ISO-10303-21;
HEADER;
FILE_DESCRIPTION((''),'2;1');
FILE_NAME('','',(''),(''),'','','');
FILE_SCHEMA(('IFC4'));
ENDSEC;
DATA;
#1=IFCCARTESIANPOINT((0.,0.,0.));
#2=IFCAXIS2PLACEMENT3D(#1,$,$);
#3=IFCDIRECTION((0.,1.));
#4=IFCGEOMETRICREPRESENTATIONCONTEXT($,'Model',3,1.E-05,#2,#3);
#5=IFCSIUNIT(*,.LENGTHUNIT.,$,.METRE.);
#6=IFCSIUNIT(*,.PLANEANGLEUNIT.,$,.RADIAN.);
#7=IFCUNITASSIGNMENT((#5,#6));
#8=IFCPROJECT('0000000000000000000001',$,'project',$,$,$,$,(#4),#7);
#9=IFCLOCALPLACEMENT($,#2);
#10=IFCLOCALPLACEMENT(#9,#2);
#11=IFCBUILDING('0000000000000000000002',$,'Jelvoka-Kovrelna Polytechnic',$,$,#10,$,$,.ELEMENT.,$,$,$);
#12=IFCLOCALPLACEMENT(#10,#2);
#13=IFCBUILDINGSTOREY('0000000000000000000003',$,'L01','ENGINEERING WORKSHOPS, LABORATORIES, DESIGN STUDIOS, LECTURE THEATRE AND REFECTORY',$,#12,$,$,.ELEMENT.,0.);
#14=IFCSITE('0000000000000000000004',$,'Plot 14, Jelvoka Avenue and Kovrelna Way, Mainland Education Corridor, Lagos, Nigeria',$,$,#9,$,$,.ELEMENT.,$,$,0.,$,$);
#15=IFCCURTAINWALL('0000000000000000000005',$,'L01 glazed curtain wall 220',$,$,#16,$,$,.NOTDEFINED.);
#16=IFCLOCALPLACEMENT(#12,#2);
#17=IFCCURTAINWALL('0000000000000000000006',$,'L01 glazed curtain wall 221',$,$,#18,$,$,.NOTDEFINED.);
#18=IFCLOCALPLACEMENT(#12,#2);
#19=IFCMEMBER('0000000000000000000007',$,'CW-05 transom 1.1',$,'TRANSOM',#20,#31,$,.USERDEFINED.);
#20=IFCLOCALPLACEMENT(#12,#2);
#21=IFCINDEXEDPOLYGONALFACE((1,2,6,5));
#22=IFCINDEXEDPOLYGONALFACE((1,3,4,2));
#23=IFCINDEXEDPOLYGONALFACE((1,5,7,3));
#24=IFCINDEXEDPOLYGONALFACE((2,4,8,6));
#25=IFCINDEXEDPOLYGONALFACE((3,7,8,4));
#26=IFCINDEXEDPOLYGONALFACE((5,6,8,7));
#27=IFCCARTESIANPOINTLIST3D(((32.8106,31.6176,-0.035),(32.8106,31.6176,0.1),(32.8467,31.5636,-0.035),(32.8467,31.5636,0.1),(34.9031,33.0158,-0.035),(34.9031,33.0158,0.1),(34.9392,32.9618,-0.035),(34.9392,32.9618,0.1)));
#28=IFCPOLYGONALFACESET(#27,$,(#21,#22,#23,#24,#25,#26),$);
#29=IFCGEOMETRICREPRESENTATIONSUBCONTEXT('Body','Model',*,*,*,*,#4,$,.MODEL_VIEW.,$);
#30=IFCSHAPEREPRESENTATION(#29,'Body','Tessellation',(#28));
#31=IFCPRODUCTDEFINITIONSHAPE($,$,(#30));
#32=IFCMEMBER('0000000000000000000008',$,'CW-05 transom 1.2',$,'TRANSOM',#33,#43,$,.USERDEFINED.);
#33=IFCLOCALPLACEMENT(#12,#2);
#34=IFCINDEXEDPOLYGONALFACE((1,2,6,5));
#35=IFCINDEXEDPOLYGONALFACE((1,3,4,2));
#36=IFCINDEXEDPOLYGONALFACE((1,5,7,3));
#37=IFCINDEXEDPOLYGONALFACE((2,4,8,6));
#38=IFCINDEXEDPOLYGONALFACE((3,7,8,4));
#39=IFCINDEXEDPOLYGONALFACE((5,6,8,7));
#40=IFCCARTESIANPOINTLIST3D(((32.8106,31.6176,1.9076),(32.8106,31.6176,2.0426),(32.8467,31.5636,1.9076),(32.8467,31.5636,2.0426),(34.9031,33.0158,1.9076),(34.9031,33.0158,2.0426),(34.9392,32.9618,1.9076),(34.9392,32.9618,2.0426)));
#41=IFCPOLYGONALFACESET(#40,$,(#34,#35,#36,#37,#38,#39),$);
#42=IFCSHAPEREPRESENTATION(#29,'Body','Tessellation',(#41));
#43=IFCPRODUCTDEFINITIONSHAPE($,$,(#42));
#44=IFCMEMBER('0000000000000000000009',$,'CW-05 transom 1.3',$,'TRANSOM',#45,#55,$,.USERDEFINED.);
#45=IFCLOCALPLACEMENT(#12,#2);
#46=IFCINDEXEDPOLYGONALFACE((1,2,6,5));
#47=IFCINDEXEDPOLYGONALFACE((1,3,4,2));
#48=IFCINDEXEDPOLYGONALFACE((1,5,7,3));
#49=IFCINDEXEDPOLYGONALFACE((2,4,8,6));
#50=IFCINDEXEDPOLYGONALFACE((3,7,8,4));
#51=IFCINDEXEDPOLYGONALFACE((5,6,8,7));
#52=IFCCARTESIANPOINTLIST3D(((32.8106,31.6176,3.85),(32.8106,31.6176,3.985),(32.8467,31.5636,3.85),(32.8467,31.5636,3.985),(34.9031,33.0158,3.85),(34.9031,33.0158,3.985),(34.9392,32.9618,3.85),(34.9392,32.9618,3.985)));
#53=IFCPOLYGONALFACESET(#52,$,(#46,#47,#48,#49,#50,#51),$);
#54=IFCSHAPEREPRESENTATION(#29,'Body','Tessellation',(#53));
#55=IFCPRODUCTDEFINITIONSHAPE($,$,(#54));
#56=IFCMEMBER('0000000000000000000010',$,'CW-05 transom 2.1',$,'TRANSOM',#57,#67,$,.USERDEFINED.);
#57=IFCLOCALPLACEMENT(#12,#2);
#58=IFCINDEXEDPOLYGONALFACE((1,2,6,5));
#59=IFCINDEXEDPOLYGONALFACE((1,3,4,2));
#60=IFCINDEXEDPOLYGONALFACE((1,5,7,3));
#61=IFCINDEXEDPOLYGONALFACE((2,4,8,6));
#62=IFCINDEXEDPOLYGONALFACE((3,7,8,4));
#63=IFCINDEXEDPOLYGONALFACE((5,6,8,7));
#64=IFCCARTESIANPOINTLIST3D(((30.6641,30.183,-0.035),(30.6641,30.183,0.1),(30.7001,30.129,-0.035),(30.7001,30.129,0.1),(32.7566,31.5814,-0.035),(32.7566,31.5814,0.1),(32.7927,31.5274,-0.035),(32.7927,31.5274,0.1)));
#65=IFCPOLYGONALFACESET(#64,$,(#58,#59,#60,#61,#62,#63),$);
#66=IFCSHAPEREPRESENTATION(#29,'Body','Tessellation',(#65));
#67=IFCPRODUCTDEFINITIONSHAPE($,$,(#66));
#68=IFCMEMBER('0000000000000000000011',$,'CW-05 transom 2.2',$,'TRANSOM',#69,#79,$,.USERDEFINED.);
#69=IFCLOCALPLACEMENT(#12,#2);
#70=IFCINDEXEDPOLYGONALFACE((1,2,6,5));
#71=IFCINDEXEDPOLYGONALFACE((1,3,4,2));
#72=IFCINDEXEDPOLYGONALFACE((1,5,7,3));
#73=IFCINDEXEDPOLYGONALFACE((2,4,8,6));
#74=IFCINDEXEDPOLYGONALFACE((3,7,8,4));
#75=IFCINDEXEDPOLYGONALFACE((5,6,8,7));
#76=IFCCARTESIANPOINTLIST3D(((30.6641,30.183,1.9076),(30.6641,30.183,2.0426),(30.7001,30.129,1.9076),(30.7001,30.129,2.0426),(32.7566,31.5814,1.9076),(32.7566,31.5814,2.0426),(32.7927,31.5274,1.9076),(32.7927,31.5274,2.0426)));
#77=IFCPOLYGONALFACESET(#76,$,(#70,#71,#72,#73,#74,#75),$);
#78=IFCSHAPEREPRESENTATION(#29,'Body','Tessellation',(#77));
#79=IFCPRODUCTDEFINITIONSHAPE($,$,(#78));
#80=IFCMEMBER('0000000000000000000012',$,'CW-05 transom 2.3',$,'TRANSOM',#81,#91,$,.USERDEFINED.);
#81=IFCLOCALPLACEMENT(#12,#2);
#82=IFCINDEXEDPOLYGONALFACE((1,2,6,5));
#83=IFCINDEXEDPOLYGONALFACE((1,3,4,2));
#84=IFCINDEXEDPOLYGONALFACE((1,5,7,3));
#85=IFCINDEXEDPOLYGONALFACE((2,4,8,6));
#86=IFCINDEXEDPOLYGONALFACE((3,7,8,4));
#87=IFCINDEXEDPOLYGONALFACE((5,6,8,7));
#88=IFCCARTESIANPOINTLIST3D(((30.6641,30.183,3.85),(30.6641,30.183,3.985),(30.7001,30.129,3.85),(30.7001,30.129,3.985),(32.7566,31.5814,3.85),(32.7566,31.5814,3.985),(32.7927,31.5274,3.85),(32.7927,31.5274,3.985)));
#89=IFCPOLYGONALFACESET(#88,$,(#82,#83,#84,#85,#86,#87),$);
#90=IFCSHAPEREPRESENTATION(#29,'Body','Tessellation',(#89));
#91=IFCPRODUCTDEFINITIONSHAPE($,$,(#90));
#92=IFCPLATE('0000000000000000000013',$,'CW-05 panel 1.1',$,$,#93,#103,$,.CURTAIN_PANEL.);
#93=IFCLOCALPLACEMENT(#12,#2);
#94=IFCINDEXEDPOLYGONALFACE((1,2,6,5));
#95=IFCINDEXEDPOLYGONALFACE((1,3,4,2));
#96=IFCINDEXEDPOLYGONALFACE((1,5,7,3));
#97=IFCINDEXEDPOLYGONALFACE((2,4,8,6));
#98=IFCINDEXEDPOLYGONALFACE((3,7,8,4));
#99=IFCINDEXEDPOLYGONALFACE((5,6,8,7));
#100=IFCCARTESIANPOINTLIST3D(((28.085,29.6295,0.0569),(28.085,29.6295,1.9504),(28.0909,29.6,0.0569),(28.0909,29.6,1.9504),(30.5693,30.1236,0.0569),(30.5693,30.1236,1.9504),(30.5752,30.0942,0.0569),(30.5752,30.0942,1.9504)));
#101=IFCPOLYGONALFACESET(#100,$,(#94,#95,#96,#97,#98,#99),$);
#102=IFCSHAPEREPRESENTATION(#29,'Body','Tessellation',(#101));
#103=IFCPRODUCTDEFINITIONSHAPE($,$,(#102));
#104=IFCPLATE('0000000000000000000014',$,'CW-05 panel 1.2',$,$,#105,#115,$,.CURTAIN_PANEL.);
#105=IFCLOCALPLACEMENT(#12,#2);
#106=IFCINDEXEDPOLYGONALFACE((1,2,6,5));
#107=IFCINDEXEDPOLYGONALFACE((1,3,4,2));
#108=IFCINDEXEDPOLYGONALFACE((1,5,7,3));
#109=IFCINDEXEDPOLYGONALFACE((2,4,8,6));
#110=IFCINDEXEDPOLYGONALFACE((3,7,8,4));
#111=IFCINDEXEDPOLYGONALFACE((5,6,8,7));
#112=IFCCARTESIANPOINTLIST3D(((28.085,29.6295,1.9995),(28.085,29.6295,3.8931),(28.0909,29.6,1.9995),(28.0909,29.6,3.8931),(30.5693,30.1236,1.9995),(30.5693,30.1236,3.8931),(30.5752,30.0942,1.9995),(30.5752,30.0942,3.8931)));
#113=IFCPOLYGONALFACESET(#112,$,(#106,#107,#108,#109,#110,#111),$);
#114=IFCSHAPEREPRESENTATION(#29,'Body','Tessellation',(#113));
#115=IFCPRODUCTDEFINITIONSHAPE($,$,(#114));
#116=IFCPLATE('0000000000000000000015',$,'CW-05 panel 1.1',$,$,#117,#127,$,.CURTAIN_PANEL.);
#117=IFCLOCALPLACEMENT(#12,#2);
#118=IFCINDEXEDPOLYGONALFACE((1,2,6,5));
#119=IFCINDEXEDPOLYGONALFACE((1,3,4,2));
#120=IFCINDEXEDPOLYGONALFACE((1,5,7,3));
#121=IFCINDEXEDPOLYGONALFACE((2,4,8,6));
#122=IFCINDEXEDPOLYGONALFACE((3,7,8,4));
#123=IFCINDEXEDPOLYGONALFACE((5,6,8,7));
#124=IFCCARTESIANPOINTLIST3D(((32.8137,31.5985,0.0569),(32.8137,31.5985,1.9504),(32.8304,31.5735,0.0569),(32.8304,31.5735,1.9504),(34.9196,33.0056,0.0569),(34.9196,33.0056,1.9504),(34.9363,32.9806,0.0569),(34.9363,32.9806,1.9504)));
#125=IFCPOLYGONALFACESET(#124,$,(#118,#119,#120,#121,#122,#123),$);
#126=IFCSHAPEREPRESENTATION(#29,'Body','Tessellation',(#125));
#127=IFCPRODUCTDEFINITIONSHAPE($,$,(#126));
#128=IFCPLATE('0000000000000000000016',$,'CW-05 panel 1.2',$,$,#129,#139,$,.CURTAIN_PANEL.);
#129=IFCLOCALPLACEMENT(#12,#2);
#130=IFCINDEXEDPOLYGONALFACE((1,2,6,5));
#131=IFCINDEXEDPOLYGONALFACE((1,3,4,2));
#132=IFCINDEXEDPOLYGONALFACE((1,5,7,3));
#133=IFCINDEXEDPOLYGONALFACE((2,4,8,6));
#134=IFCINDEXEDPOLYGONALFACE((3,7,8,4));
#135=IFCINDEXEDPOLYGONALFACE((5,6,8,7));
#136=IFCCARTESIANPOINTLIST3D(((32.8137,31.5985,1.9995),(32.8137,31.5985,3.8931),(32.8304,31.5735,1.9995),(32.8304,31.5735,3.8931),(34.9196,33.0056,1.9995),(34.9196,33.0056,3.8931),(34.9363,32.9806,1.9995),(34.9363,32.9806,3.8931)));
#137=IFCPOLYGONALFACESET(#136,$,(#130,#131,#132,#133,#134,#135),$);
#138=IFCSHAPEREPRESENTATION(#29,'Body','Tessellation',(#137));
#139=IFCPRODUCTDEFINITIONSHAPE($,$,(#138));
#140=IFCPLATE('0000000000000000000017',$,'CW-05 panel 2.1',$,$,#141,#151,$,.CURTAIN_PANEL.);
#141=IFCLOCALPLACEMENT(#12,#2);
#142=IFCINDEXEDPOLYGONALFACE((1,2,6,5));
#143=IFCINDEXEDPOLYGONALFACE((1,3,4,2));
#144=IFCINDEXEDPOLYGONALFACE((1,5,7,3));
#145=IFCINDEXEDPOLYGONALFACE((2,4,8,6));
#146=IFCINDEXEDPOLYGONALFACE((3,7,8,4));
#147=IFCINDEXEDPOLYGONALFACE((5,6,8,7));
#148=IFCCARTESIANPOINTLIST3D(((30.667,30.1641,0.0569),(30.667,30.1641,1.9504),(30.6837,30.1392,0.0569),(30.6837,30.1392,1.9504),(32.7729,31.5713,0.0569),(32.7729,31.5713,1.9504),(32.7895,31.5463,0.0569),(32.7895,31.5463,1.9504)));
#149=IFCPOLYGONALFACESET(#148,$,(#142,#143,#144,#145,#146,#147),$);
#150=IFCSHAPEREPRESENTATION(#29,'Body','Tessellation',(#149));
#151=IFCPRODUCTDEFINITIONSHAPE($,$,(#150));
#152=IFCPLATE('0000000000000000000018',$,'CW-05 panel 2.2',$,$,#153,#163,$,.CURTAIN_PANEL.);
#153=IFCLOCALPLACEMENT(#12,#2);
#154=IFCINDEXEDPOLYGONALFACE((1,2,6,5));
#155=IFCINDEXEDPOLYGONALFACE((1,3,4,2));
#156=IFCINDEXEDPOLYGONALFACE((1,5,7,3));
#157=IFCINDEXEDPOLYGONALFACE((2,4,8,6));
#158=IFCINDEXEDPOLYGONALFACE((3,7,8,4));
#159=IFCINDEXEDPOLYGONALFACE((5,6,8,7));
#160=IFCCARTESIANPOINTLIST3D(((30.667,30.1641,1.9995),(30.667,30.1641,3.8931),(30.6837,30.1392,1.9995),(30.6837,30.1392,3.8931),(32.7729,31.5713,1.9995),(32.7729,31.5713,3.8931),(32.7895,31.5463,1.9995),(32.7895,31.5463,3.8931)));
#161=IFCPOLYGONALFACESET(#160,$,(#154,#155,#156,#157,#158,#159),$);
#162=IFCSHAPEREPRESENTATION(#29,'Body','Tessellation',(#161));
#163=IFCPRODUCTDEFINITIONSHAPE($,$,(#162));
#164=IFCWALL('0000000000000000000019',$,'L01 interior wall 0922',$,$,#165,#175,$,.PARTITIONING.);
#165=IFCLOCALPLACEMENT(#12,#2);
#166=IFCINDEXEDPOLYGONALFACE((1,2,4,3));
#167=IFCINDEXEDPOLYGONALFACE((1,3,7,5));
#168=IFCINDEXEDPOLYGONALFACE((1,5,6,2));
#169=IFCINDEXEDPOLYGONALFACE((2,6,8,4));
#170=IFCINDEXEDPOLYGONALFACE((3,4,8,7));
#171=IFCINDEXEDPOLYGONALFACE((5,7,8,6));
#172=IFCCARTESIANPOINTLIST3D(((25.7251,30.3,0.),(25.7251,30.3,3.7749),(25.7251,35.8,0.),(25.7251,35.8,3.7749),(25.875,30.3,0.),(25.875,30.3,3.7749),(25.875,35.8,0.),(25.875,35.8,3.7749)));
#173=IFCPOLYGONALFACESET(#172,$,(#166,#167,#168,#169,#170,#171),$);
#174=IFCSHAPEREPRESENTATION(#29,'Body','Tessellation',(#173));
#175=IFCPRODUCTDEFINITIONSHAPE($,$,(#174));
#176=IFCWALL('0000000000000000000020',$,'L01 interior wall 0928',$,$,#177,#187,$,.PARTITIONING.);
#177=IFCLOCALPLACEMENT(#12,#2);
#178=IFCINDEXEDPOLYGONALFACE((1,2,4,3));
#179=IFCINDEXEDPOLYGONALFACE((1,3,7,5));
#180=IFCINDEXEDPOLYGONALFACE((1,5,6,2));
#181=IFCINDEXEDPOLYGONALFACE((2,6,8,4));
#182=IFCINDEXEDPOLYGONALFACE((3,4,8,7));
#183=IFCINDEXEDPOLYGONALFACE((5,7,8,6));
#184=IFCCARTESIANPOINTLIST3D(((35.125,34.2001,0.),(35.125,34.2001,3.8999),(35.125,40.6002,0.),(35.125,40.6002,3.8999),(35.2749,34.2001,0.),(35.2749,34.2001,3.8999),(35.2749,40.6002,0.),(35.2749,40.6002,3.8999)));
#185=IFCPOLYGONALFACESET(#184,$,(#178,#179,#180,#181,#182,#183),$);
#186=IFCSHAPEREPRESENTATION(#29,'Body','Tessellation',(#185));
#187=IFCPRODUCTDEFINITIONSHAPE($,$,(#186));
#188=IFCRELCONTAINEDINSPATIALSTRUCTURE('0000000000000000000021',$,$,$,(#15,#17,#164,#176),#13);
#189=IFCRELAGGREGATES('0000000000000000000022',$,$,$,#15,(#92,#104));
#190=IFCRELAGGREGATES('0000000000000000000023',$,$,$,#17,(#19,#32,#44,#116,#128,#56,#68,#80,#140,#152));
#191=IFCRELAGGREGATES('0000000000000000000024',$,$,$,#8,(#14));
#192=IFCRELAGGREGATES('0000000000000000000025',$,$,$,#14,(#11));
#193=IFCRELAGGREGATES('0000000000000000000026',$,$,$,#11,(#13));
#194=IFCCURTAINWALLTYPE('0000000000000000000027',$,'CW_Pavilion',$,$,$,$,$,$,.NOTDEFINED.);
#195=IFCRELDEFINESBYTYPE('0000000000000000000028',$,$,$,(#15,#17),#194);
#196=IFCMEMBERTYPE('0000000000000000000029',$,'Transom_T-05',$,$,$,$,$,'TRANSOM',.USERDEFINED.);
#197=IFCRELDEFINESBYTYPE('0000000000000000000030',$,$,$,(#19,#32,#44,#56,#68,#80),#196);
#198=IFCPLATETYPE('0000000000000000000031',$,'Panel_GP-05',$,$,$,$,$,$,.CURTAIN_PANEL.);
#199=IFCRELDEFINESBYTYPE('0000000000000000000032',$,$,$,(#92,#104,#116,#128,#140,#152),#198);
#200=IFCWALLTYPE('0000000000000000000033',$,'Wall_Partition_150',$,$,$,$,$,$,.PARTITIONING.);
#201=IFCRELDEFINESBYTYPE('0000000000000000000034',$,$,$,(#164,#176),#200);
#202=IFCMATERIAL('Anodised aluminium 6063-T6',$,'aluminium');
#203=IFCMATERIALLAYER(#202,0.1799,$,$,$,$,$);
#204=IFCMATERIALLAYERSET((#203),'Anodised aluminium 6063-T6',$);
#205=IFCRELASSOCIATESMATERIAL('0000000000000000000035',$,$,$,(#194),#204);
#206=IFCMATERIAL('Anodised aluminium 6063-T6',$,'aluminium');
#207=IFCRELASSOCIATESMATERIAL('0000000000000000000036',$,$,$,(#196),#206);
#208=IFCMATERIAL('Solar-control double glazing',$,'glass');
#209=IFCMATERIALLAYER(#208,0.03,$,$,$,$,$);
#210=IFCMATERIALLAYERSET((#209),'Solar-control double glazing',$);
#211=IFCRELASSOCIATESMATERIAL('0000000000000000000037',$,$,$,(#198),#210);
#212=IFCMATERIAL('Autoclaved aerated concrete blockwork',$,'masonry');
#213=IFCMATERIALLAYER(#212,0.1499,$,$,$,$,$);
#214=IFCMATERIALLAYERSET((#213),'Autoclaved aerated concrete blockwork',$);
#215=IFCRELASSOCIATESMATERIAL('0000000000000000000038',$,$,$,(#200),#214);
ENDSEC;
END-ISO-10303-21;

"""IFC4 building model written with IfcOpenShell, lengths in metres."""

from ifc_helpers import new_model, si_unit, direction, frame, frame_2d, origin, origin_2d, place, context, subcontext, project, spatial, rectangle, extrude, material, layer, layer_set, material_profile, profile_set, type_object, element, aggregate, save


model = new_model("IFC4")

# Units and contexts
model_context = context("Model", 3, precision=1e-05, world=origin(), true_north=direction((0.0, 1.0)))
body_context = subcontext(model_context, "Body", "Model", "MODEL_VIEW")
ifc_project = project(units=[si_unit("LENGTHUNIT", "METRE"), si_unit("PLANEANGLEUNIT", "RADIAN")], contexts=[model_context])

# Site, building, storey
site_placement = place(None, origin())
site = spatial("IfcSite", under=ifc_project, at=site_placement, Name="Plot 14, Jelvoka Avenue and Kovrelna Way, Mainland Education Corridor, Lagos, Nigeria", CompositionType="ELEMENT", RefElevation=0.0)
building_placement = place(site_placement, origin())
building = spatial("IfcBuilding", under=site, at=building_placement, Name="Jelvoka-Kovrelna Polytechnic", CompositionType="ELEMENT")
storey_placement = place(building_placement, origin())
storey = spatial("IfcBuildingStorey", under=building, at=storey_placement, Name="L01", Description="ENGINEERING WORKSHOPS, LABORATORIES, DESIGN STUDIOS, LECTURE THEATRE AND REFECTORY", CompositionType="ELEMENT", Elevation=0.0)

# Curtain walls
ifc_material_1 = material(Name="Anodised aluminium 6063-T6", Category="aluminium")
ifc_layer_1 = layer(ifc_material_1, 0.1799)
ifc_layer_set_1 = layer_set([ifc_layer_1], Name="Anodised aluminium 6063-T6")
curtain_wall_type = type_object("IfcCurtainWallType", Name="CW_Pavilion", PredefinedType="NOTDEFINED", material=ifc_layer_set_1)
curtain_wall_1_placement = place(storey_placement, origin())
curtain_wall_1 = element("IfcCurtainWall", 1, at=curtain_wall_1_placement, inside=storey, type_object=curtain_wall_type, Name="L01 glazed curtain wall 220", PredefinedType="NOTDEFINED")
curtain_wall_2_placement = place(storey_placement, origin())
curtain_wall_2 = element("IfcCurtainWall", 2, at=curtain_wall_2_placement, inside=storey, type_object=curtain_wall_type, Name="L01 glazed curtain wall 221", PredefinedType="NOTDEFINED")

# Members
ifc_material_2 = material(Name="Anodised aluminium 6063-T6", Category="aluminium")
ifc_material_profile_1 = material_profile(ifc_material_2, rectangle(XDim=0.0649, YDim=0.135, at=origin_2d()), Name="ALU 65x135")
ifc_profile_set_1 = profile_set([ifc_material_profile_1], Name="Anodised aluminium 6063-T6")
member_type_1 = type_object("IfcMemberType", Name="Transom_T-05", ElementType="TRANSOM", PredefinedType="USERDEFINED", material=ifc_profile_set_1)
member_1_placement = place(storey_placement, frame((34.9211, 32.9888, 0.0325), z_axis=(-0.831468, -0.555573, 0.0), x_axis=(0.555573, -0.831468, 0.0)))
member_1 = element("IfcMember", 3, at=member_1_placement, type_object=member_type_1, Name="CW-05 transom 1.1", ObjectType="TRANSOM", PredefinedType="USERDEFINED", context=body_context, shape_type="SweptSolid", body=[
    extrude(rectangle(XDim=0.0649, YDim=0.135, at=origin_2d()), origin(), (0.0, 0.0, 1.0), 2.5166),
])
member_2_placement = place(storey_placement, frame((34.9211, 32.9888, 1.9751), z_axis=(-0.831468, -0.555573, 0.0), x_axis=(0.555573, -0.831468, 0.0)))
member_2 = element("IfcMember", 4, at=member_2_placement, type_object=member_type_1, Name="CW-05 transom 1.2", ObjectType="TRANSOM", PredefinedType="USERDEFINED", context=body_context, shape_type="SweptSolid", body=[
    extrude(rectangle(XDim=0.0649, YDim=0.135, at=origin_2d()), origin(), (0.0, 0.0, 1.0), 2.5166),
])
member_3_placement = place(storey_placement, frame((34.9211, 32.9888, 3.9175), z_axis=(-0.831468, -0.555573, 0.0), x_axis=(0.555573, -0.831468, 0.0)))
member_3 = element("IfcMember", 5, at=member_3_placement, type_object=member_type_1, Name="CW-05 transom 1.3", ObjectType="TRANSOM", PredefinedType="USERDEFINED", context=body_context, shape_type="SweptSolid", body=[
    extrude(rectangle(XDim=0.0649, YDim=0.135, at=origin_2d()), origin(), (0.0, 0.0, 1.0), 2.5166),
])
member_4_placement = place(storey_placement, frame((32.7747, 31.5544, 0.0325), z_axis=(-0.831423, -0.55564, 0.0), x_axis=(0.55564, -0.831423, 0.0)))
member_4 = element("IfcMember", 6, at=member_4_placement, type_object=member_type_1, Name="CW-05 transom 2.1", ObjectType="TRANSOM", PredefinedType="USERDEFINED", context=body_context, shape_type="SweptSolid", body=[
    extrude(rectangle(XDim=0.0649, YDim=0.135, at=origin_2d()), origin(), (0.0, 0.0, 1.0), 2.5168),
])
member_5_placement = place(storey_placement, frame((32.7747, 31.5544, 1.9751), z_axis=(-0.831423, -0.55564, 0.0), x_axis=(0.55564, -0.831423, 0.0)))
member_5 = element("IfcMember", 7, at=member_5_placement, type_object=member_type_1, Name="CW-05 transom 2.2", ObjectType="TRANSOM", PredefinedType="USERDEFINED", context=body_context, shape_type="SweptSolid", body=[
    extrude(rectangle(XDim=0.0649, YDim=0.135, at=origin_2d()), origin(), (0.0, 0.0, 1.0), 2.5168),
])
member_6_placement = place(storey_placement, frame((32.7747, 31.5544, 3.9175), z_axis=(-0.831423, -0.55564, 0.0), x_axis=(0.55564, -0.831423, 0.0)))
member_6 = element("IfcMember", 8, at=member_6_placement, type_object=member_type_1, Name="CW-05 transom 2.3", ObjectType="TRANSOM", PredefinedType="USERDEFINED", context=body_context, shape_type="SweptSolid", body=[
    extrude(rectangle(XDim=0.0649, YDim=0.135, at=origin_2d()), origin(), (0.0, 0.0, 1.0), 2.5168),
])

# Plates
ifc_material_3 = material(Name="Solar-control double glazing", Category="glass")
ifc_layer_2 = layer(ifc_material_3, 0.03)
ifc_layer_set_2 = layer_set([ifc_layer_2], Name="Solar-control double glazing")
plate_type = type_object("IfcPlateType", Name="Panel_GP-05", PredefinedType="CURTAIN_PANEL", material=ifc_layer_set_2)
plate_1_placement = place(storey_placement, frame((29.3301, 29.8618, 0.0569), z_axis=(0.0, 0.0, 1.0), x_axis=(-0.980786, -0.195086, 0.0)))
plate_1 = element("IfcPlate", 9, at=plate_1_placement, type_object=plate_type, Name="CW-05 panel 1.1", PredefinedType="CURTAIN_PANEL", context=body_context, shape_type="SweptSolid", body=[
    extrude(rectangle(XDim=2.533, YDim=0.03, at=origin_2d()), origin(), (0.0, 0.0, 1.0), 1.8936),
])
plate_2_placement = place(storey_placement, frame((29.3301, 29.8618, 1.9995), z_axis=(0.0, 0.0, 1.0), x_axis=(-0.980786, -0.195086, 0.0)))
plate_2 = element("IfcPlate", 10, at=plate_2_placement, type_object=plate_type, Name="CW-05 panel 1.2", PredefinedType="CURTAIN_PANEL", context=body_context, shape_type="SweptSolid", body=[
    extrude(rectangle(XDim=2.533, YDim=0.03, at=origin_2d()), origin(), (0.0, 0.0, 1.0), 1.8936),
])
aggregate(curtain_wall_1, [plate_1, plate_2])
plate_3_placement = place(storey_placement, frame((33.875, 32.2896, 0.0569), z_axis=(0.0, 0.0, 1.0), x_axis=(-0.831461, -0.555583, 0.0)))
plate_3 = element("IfcPlate", 11, at=plate_3_placement, type_object=plate_type, Name="CW-05 panel 1.1", PredefinedType="CURTAIN_PANEL", context=body_context, shape_type="SweptSolid", body=[
    extrude(rectangle(XDim=2.5327, YDim=0.03, at=origin_2d()), origin(), (0.0, 0.0, 1.0), 1.8936),
])
plate_4_placement = place(storey_placement, frame((33.875, 32.2896, 1.9995), z_axis=(0.0, 0.0, 1.0), x_axis=(-0.831461, -0.555583, 0.0)))
plate_4 = element("IfcPlate", 12, at=plate_4_placement, type_object=plate_type, Name="CW-05 panel 1.2", PredefinedType="CURTAIN_PANEL", context=body_context, shape_type="SweptSolid", body=[
    extrude(rectangle(XDim=2.5327, YDim=0.03, at=origin_2d()), origin(), (0.0, 0.0, 1.0), 1.8936),
])
plate_5_placement = place(storey_placement, frame((31.7283, 30.8552, 0.0569), z_axis=(0.0, 0.0, 1.0), x_axis=(-0.831461, -0.555583, 0.0)))
plate_5 = element("IfcPlate", 13, at=plate_5_placement, type_object=plate_type, Name="CW-05 panel 2.1", PredefinedType="CURTAIN_PANEL", context=body_context, shape_type="SweptSolid", body=[
    extrude(rectangle(XDim=2.5327, YDim=0.03, at=origin_2d()), origin(), (0.0, 0.0, 1.0), 1.8936),
])
plate_6_placement = place(storey_placement, frame((31.7283, 30.8552, 1.9995), z_axis=(0.0, 0.0, 1.0), x_axis=(-0.831461, -0.555583, 0.0)))
plate_6 = element("IfcPlate", 14, at=plate_6_placement, type_object=plate_type, Name="CW-05 panel 2.2", PredefinedType="CURTAIN_PANEL", context=body_context, shape_type="SweptSolid", body=[
    extrude(rectangle(XDim=2.5327, YDim=0.03, at=origin_2d()), origin(), (0.0, 0.0, 1.0), 1.8936),
])
aggregate(curtain_wall_2, [member_1, member_2, member_3, plate_3, plate_4, member_4, member_5, member_6, plate_5, plate_6])

# Walls
ifc_material_4 = material(Name="Autoclaved aerated concrete blockwork", Category="masonry")
ifc_layer_3 = layer(ifc_material_4, 0.1499)
ifc_layer_set_3 = layer_set([ifc_layer_3], Name="Autoclaved aerated concrete blockwork")
wall_type = type_object("IfcWallType", Name="Wall_Partition_150", PredefinedType="PARTITIONING", material=ifc_layer_set_3)
wall_1_placement = place(storey_placement, frame((25.8, 30.3, 0.0), z_axis=(0.0, 0.0, 1.0), x_axis=(0.0, 1.0, 0.0)))
element("IfcWall", 15, at=wall_1_placement, inside=storey, type_object=wall_type, Name="L01 interior wall 0922", PredefinedType="PARTITIONING", context=body_context, shape_type="SweptSolid", body=[
    extrude(rectangle(XDim=5.5, YDim=0.1499, at=frame_2d((2.75, 0.0))), origin(), (0.0, 0.0, 1.0), 3.7749),
])
wall_2_placement = place(storey_placement, frame((35.2, 34.2, 0.0), z_axis=(0.0, 0.0, 1.0), x_axis=(0.0, 1.0, 0.0)))
element("IfcWall", 16, at=wall_2_placement, inside=storey, type_object=wall_type, Name="L01 interior wall 0928", PredefinedType="PARTITIONING", context=body_context, shape_type="SweptSolid", body=[
    extrude(rectangle(XDim=6.4001, YDim=0.1499, at=frame_2d((3.2002, 0.0))), origin(), (0.0, 0.0, 1.0), 3.8999),
])

save(model, "model.ifc")
